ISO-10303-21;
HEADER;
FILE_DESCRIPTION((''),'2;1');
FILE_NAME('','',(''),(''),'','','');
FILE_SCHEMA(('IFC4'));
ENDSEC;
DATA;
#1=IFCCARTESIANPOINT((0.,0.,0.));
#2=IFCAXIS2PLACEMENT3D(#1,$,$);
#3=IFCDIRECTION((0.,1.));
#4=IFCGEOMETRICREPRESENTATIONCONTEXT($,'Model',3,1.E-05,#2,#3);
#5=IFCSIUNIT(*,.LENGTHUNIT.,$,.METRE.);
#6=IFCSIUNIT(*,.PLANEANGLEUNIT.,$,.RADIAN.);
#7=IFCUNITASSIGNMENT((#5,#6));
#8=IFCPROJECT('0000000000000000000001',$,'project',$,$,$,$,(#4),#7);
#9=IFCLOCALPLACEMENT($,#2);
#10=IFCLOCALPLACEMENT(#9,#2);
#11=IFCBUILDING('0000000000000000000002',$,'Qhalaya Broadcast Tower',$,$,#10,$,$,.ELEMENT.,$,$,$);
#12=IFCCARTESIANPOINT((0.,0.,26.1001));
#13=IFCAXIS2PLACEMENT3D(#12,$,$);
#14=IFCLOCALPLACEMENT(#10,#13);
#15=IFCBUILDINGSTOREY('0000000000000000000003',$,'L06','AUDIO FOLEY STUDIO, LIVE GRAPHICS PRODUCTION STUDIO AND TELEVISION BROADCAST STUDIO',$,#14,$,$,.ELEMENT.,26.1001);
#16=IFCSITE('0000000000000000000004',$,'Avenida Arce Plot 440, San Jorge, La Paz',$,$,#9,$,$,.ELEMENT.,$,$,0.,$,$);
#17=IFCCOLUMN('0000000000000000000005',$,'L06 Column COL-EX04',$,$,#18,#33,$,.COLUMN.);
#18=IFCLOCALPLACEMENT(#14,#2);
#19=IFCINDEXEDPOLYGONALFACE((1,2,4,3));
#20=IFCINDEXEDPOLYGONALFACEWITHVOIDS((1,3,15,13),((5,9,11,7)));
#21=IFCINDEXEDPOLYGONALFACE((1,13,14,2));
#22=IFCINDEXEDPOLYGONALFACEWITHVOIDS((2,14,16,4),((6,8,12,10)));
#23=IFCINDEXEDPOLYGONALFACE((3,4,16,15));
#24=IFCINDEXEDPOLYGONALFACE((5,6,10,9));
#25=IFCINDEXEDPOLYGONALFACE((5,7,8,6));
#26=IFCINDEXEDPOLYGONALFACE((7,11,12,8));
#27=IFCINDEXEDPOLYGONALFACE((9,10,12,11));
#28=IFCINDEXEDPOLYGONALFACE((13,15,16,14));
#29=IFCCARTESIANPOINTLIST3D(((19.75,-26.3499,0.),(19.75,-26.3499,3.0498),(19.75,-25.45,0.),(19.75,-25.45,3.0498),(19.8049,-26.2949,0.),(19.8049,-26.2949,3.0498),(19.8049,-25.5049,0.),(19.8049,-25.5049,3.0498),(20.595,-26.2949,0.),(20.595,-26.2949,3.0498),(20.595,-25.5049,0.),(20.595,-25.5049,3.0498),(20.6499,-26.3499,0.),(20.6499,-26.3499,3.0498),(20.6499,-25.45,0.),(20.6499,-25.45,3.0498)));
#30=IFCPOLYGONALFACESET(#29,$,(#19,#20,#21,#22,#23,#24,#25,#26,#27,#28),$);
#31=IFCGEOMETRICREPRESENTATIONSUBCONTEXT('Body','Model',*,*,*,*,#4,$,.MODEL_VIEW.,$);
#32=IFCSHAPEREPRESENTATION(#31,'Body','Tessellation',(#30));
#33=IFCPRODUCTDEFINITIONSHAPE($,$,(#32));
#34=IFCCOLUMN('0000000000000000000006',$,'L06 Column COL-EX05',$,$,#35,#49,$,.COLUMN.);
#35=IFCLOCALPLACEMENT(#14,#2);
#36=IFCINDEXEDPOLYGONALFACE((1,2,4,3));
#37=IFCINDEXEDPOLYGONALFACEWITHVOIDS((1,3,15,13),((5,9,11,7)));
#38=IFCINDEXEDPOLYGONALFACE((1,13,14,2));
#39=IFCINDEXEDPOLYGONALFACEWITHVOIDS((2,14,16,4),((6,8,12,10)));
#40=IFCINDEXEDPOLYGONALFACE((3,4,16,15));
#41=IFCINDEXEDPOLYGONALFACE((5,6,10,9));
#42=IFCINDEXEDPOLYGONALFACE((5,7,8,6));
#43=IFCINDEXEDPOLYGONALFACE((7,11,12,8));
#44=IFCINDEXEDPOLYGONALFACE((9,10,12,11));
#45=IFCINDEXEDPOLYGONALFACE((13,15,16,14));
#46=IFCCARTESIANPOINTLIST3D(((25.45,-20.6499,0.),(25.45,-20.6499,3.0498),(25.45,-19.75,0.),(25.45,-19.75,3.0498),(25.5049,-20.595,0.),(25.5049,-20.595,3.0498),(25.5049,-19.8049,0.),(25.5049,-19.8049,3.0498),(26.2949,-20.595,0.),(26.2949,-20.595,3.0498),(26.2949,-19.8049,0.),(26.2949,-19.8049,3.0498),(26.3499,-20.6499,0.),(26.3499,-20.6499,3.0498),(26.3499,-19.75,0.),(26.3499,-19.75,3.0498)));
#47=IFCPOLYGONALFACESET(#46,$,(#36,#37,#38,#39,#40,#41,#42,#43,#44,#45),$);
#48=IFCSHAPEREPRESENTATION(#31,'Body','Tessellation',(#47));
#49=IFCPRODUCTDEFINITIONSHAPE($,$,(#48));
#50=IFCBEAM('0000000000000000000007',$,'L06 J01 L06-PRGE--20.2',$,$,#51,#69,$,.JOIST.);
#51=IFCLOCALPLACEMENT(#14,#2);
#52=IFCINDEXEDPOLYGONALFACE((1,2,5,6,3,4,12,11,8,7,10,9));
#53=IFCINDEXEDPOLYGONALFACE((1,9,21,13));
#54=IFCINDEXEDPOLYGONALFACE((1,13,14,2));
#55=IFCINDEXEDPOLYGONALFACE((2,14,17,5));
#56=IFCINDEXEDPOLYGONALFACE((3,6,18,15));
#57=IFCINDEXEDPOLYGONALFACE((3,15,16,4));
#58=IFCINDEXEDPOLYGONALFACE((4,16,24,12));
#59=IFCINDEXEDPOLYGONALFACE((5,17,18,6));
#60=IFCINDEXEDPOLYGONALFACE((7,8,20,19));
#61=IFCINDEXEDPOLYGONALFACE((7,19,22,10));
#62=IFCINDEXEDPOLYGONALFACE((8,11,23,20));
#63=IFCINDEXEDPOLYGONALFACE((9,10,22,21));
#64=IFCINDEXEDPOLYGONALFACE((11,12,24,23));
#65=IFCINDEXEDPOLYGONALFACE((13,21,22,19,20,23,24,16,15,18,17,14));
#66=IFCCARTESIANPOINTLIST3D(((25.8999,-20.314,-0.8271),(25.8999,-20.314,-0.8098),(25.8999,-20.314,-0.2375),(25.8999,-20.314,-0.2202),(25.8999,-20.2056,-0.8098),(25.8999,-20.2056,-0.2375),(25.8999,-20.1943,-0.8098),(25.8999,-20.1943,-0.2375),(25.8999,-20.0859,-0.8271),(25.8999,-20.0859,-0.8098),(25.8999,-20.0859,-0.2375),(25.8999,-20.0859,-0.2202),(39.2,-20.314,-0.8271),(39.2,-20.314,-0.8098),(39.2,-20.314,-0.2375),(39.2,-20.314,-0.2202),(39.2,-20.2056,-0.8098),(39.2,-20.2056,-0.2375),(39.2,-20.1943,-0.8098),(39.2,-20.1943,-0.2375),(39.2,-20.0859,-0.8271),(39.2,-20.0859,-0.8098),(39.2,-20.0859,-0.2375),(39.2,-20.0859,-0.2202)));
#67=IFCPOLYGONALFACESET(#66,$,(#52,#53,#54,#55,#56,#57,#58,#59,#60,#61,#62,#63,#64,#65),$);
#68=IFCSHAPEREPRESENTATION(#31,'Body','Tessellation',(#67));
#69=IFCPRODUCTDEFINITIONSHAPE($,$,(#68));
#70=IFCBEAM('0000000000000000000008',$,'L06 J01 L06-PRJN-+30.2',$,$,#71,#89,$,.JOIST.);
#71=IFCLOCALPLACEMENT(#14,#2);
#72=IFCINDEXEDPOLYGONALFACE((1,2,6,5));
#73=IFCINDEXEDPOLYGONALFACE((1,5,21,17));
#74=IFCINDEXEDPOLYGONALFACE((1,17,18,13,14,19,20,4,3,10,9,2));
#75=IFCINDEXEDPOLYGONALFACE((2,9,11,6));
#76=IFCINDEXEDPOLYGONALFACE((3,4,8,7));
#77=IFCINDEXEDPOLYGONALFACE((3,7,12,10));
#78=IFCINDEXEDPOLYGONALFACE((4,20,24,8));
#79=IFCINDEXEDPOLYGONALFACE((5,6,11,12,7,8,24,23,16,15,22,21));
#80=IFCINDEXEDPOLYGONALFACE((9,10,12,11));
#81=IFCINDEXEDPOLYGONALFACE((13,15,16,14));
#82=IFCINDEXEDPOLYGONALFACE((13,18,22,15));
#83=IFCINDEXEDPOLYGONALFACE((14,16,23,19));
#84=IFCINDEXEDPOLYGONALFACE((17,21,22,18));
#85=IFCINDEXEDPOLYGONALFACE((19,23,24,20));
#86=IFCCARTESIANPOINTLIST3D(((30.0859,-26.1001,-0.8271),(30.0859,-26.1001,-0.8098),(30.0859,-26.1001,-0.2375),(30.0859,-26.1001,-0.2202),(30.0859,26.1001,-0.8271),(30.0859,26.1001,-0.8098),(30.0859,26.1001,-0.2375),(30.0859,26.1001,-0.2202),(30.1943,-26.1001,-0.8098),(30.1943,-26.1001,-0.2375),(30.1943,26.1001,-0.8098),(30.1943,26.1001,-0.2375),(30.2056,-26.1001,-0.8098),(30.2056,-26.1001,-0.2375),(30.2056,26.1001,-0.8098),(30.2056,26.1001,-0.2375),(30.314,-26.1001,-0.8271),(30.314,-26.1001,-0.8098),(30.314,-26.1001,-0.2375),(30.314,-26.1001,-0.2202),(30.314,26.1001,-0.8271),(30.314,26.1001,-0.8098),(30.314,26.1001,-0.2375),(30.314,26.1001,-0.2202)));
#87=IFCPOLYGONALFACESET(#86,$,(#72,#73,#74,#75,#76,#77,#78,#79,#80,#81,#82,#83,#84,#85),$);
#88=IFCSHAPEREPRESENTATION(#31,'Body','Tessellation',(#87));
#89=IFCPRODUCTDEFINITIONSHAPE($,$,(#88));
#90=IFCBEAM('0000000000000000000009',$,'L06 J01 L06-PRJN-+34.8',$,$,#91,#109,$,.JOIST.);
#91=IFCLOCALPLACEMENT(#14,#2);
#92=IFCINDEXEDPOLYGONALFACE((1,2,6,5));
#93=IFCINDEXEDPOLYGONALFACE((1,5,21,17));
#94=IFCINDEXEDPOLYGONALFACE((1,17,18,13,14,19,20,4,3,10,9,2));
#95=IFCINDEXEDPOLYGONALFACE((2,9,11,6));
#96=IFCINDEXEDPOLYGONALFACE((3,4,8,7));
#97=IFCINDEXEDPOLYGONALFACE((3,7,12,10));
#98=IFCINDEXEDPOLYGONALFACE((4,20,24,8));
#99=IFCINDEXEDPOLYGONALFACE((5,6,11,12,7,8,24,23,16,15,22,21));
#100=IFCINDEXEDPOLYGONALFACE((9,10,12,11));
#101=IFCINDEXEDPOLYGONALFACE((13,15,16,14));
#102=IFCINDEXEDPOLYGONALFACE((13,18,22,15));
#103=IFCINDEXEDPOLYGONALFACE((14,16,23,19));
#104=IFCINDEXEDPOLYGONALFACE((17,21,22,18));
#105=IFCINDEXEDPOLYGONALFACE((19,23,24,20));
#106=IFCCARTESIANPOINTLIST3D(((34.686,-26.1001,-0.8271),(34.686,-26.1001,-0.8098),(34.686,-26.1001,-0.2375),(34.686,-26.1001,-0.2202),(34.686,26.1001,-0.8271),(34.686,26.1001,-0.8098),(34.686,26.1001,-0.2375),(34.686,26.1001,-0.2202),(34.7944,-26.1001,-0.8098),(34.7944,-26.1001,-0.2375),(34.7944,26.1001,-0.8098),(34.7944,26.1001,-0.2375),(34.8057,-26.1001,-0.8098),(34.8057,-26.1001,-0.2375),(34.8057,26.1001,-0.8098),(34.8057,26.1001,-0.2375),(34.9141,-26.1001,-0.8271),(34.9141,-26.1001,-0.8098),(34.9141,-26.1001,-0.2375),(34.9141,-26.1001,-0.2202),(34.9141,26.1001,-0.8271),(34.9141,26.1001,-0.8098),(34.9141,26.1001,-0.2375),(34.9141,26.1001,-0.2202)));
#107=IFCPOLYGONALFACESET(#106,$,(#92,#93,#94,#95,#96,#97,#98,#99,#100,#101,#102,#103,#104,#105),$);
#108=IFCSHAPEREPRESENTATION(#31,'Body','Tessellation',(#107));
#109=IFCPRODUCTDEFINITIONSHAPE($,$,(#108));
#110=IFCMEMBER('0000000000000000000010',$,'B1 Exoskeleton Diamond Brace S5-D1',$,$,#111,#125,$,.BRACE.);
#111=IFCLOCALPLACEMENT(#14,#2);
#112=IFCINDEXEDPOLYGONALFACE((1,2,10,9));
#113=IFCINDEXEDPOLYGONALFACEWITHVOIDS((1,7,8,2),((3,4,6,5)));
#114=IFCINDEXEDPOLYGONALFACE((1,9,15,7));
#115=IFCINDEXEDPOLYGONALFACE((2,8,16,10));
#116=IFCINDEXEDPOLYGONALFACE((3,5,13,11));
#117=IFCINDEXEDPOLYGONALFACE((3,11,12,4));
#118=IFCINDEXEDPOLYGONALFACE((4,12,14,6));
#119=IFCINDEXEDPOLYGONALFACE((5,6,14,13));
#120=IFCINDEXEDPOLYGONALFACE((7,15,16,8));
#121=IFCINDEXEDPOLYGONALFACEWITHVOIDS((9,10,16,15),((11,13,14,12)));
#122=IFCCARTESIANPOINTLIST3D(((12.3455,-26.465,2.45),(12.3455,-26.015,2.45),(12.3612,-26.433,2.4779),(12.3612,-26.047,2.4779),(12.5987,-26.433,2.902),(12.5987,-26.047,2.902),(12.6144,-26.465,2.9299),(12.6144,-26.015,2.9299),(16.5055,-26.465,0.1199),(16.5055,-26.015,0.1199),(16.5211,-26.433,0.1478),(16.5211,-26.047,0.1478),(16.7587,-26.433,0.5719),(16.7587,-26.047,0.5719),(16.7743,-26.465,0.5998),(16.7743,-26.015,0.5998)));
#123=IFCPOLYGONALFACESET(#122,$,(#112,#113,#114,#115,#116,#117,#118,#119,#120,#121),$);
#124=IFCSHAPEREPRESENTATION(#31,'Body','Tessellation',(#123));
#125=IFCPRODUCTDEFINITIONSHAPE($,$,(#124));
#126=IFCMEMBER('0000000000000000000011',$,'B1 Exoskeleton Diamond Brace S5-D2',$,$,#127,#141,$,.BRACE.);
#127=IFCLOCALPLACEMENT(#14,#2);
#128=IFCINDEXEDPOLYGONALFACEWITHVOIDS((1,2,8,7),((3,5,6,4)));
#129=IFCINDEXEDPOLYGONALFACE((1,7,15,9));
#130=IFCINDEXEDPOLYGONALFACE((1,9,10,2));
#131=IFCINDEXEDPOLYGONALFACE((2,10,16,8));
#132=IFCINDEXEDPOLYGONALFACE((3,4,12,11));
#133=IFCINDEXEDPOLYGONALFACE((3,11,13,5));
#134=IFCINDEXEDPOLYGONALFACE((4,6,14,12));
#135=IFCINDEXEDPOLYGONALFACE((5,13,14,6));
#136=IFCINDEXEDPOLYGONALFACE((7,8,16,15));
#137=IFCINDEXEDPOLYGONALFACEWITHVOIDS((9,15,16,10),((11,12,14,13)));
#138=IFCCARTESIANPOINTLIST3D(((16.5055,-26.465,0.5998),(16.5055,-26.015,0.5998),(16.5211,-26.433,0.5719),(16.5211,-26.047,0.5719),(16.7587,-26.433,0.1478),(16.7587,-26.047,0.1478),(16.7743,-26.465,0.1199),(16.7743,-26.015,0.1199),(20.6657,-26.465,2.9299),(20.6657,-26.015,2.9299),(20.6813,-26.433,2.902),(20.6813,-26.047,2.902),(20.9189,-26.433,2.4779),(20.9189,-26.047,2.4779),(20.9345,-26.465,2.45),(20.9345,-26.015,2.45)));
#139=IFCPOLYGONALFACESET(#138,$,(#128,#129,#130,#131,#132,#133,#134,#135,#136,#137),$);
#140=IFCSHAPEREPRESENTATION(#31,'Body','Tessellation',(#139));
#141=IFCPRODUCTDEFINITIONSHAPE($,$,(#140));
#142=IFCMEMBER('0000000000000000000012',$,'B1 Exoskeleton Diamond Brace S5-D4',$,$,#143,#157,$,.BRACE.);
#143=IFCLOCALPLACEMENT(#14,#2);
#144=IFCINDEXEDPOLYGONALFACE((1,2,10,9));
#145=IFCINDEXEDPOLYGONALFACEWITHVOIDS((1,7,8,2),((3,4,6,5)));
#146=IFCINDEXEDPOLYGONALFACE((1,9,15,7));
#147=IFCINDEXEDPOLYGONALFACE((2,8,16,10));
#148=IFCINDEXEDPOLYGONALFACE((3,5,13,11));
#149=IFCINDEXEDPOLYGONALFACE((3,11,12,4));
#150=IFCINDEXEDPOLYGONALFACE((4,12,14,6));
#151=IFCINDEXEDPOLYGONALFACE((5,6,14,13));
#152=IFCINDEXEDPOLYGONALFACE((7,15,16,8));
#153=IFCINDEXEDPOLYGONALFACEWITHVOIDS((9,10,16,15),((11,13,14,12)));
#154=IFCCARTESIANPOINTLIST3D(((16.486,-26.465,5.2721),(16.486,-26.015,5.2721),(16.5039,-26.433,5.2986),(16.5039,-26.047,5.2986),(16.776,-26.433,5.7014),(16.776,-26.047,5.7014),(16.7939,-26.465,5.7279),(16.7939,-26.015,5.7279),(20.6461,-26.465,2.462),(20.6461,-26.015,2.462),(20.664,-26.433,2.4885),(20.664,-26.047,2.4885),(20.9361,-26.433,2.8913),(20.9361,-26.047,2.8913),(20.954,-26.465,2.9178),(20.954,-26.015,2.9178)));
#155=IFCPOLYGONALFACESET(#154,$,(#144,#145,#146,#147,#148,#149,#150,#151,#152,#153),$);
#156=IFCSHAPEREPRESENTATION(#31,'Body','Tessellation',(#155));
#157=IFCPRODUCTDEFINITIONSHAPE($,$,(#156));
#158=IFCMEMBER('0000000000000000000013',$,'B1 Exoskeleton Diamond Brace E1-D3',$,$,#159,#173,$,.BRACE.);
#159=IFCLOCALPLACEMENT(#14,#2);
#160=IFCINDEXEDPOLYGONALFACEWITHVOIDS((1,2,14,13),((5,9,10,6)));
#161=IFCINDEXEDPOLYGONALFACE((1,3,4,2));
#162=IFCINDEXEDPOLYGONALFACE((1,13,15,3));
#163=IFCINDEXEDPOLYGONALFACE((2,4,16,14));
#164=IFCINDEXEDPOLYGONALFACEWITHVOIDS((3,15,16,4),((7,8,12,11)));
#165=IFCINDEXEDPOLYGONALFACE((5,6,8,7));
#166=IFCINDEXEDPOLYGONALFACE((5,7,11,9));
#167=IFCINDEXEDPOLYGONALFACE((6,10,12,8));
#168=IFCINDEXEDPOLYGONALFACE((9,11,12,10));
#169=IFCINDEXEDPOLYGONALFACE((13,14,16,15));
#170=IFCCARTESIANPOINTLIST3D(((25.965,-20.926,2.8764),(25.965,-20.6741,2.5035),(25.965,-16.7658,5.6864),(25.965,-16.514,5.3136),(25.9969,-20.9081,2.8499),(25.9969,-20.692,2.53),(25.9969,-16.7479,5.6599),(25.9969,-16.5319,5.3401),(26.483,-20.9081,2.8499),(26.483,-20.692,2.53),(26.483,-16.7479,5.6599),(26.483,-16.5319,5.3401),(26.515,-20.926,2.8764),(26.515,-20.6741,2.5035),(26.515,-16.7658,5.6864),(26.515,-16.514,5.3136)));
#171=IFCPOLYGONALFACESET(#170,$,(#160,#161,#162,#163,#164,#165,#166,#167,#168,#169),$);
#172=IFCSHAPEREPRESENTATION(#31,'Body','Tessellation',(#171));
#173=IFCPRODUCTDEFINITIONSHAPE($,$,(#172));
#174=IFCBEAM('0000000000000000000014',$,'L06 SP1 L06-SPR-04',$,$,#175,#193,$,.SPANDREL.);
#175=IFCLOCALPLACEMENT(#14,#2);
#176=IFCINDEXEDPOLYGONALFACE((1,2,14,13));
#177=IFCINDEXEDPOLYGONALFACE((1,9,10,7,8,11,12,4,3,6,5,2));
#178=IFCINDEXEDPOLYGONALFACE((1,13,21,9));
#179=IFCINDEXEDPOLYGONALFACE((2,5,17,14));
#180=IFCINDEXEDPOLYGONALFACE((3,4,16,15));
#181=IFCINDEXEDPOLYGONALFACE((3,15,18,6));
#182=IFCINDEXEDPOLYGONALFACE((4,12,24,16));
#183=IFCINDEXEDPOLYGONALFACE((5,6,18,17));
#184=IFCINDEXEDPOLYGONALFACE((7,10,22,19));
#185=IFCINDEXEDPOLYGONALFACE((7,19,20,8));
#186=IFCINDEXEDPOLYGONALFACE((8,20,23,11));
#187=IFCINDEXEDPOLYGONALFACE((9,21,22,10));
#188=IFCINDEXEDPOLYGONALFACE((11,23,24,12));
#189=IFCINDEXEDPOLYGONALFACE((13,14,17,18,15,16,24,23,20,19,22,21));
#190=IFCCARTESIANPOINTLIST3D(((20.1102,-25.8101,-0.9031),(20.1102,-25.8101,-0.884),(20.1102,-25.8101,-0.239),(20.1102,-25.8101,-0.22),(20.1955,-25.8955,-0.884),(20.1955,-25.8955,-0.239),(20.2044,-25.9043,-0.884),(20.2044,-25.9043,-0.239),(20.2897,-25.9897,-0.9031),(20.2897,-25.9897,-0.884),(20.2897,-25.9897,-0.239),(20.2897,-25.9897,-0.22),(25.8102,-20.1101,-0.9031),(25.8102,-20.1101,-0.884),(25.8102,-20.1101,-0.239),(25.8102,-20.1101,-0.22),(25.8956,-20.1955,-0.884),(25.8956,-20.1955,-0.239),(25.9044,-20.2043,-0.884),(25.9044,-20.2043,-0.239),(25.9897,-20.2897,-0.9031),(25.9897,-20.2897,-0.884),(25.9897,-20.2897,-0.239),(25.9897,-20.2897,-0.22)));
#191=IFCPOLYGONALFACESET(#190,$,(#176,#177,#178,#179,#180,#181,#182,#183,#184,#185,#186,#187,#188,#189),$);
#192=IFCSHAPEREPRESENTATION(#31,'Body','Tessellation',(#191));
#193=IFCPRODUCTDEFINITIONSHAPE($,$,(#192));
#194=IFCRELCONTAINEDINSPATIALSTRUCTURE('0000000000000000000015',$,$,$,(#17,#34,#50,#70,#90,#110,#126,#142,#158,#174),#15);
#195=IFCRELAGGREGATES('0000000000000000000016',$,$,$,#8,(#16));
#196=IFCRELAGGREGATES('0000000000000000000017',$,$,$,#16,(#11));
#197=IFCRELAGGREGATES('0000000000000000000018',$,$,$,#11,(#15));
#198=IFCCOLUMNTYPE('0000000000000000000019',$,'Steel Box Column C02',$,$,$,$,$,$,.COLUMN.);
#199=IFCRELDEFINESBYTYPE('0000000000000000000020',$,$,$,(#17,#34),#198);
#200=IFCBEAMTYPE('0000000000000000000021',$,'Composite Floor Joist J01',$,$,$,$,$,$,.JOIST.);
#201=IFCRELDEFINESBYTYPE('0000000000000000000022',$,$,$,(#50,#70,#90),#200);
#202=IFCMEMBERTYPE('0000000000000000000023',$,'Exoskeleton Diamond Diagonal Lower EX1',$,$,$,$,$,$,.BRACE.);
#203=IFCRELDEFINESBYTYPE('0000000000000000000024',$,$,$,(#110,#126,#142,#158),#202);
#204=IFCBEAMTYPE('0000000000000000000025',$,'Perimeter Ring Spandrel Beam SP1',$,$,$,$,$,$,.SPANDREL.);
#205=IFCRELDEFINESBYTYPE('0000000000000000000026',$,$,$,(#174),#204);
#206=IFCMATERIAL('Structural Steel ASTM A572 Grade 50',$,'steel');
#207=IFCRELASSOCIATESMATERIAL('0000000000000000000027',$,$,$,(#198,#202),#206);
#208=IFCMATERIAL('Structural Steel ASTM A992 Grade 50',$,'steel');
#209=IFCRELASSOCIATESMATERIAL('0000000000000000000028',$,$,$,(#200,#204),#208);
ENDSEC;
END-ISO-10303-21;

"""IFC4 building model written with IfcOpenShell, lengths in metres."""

from ifc_helpers import new_model, si_unit, direction, frame, origin, origin_2d, place, context, subcontext, project, spatial, hollow_rectangle, i_section, extrude, material, material_profile, profile_set, type_object, element, save


model = new_model("IFC4")

# Units and contexts
model_context = context("Model", 3, precision=1e-05, world=origin(), true_north=direction((0.0, 1.0)))
body_context = subcontext(model_context, "Body", "Model", "MODEL_VIEW")
ifc_project = project(units=[si_unit("LENGTHUNIT", "METRE"), si_unit("PLANEANGLEUNIT", "RADIAN")], contexts=[model_context])

# Site, building, storey
site_placement = place(None, origin())
site = spatial("IfcSite", under=ifc_project, at=site_placement, Name="Avenida Arce Plot 440, San Jorge, La Paz", CompositionType="ELEMENT", RefElevation=0.0)
building_placement = place(site_placement, origin())
building = spatial("IfcBuilding", under=site, at=building_placement, Name="Qhalaya Broadcast Tower", CompositionType="ELEMENT")
storey_placement = place(building_placement, frame((0.0, 0.0, 26.1001)))
storey = spatial("IfcBuildingStorey", under=building, at=storey_placement, Name="L06", Description="AUDIO FOLEY STUDIO, LIVE GRAPHICS PRODUCTION STUDIO AND TELEVISION BROADCAST STUDIO", CompositionType="ELEMENT", Elevation=26.1001)

# Columns
ifc_material_1 = material(Name="Structural Steel ASTM A572 Grade 50", Category="steel")
ifc_material_profile_1 = material_profile(ifc_material_1, hollow_rectangle(XDim=0.8999, YDim=0.8999, WallThickness=0.0549, at=origin_2d()), Name="BOX 900x900x55")
ifc_profile_set_1 = profile_set([ifc_material_profile_1], Name="Structural Steel ASTM A572 Grade 50")
column_type = type_object("IfcColumnType", Name="Steel Box Column C02", PredefinedType="COLUMN", material=ifc_profile_set_1)
for number, where, z_axis, x_axis, name in (
    (1, (20.2, -25.8999, 0.0), (0.0, 0.0, 1.0), (1.0, 0.0, 0.0), "L06 Column COL-EX04"),
    (2, (25.8999, -20.2, 0.0), (0.0, 0.0, 1.0), (0.0, 1.0, 0.0), "L06 Column COL-EX05"),
):
    element("IfcColumn", number, at=place(storey_placement, frame(where, z_axis=z_axis, x_axis=x_axis)), inside=storey, type_object=column_type, Name=name, PredefinedType="COLUMN", context=body_context, shape_type="SweptSolid", body=[
        extrude(hollow_rectangle(XDim=0.8999, YDim=0.8999, WallThickness=0.0549, at=origin_2d()), origin(), (0.0, 0.0, 1.0), 3.0498),
    ])

# Beams
ifc_material_2 = material(Name="Structural Steel ASTM A992 Grade 50", Category="steel")
ifc_material_profile_2 = material_profile(ifc_material_2, i_section(OverallWidth=0.228, OverallDepth=0.6069, WebThickness=0.0112, FlangeThickness=0.0173, at=origin_2d()), Name="W24X76")
ifc_profile_set_2 = profile_set([ifc_material_profile_2], Name="Structural Steel ASTM A992 Grade 50")
beam_type_1 = type_object("IfcBeamType", Name="Composite Floor Joist J01", PredefinedType="JOIST", material=ifc_profile_set_2)
beam_1_placement = place(storey_placement, frame((25.8999, -20.2, -0.5237), z_axis=(1.0, 0.0, 0.0), x_axis=(0.0, 1.0, 0.0)))
element("IfcBeam", 3, at=beam_1_placement, inside=storey, type_object=beam_type_1, Name="L06 J01 L06-PRGE--20.2", PredefinedType="JOIST", context=body_context, shape_type="SweptSolid", body=[
    extrude(i_section(OverallWidth=0.228, OverallDepth=0.6069, WebThickness=0.0112, FlangeThickness=0.0173, at=origin_2d()), origin(), (0.0, 0.0, 1.0), 13.3),
])
for number, where, z_axis, x_axis, name in (
    (4, (30.2, -26.1001, -0.5237), (0.0, 1.0, 0.0), (-1.0, 0.0, 0.0), "L06 J01 L06-PRJN-+30.2"),
    (5, (34.8, -26.1001, -0.5237), (0.0, 1.0, 0.0), (-1.0, 0.0, 0.0), "L06 J01 L06-PRJN-+34.8"),
):
    element("IfcBeam", number, at=place(storey_placement, frame(where, z_axis=z_axis, x_axis=x_axis)), inside=storey, type_object=beam_type_1, Name=name, PredefinedType="JOIST", context=body_context, shape_type="SweptSolid", body=[
        extrude(i_section(OverallWidth=0.228, OverallDepth=0.6069, WebThickness=0.0112, FlangeThickness=0.0173, at=origin_2d()), origin(), (0.0, 0.0, 1.0), 52.2002),
    ])

# Members
ifc_material_profile_3 = material_profile(ifc_material_1, hollow_rectangle(XDim=0.45, YDim=0.55, WallThickness=0.032, at=origin_2d()), Name="BOX 450x550x32")
ifc_profile_set_3 = profile_set([ifc_material_profile_3], Name="Structural Steel ASTM A572 Grade 50")
member_type = type_object("IfcMemberType", Name="Exoskeleton Diamond Diagonal Lower EX1", PredefinedType="BRACE", material=ifc_profile_set_3)
member_1_placement = place(storey_placement, frame((16.6399, -26.24, 0.3599), z_axis=(-0.872459, 0.0, 0.488688), x_axis=(0.0, -1.0, 0.0)))
element("IfcMember", 6, at=member_1_placement, inside=storey, type_object=member_type, Name="B1 Exoskeleton Diamond Brace S5-D1", PredefinedType="BRACE", context=body_context, shape_type="SweptSolid", body=[
    extrude(hollow_rectangle(XDim=0.45, YDim=0.55, WallThickness=0.032, at=origin_2d()), origin(), (0.0, 0.0, 1.0), 4.7681),
])
member_2_placement = place(storey_placement, frame((16.6399, -26.24, 0.3599), z_axis=(0.872471, 0.0, 0.488666), x_axis=(0.0, 1.0, 0.0)))
element("IfcMember", 7, at=member_2_placement, inside=storey, type_object=member_type, Name="B1 Exoskeleton Diamond Brace S5-D2", PredefinedType="BRACE", context=body_context, shape_type="SweptSolid", body=[
    extrude(hollow_rectangle(XDim=0.45, YDim=0.55, WallThickness=0.032, at=origin_2d()), origin(), (0.0, 0.0, 1.0), 4.7683),
])
for number, where, z_axis, x_axis, name in (
    (8, (20.8, -26.24, 2.6899), (-0.828668, 0.0, 0.55974), (0.0, -1.0, 0.0), "B1 Exoskeleton Diamond Brace S5-D4"),
    (9, (26.24, -20.8, 2.6899), (0.0, 0.828668, 0.55974), (0.0, -0.55974, 0.828668), "B1 Exoskeleton Diamond Brace E1-D3"),
):
    element("IfcMember", number, at=place(storey_placement, frame(where, z_axis=z_axis, x_axis=x_axis)), inside=storey, type_object=member_type, Name=name, PredefinedType="BRACE", context=body_context, shape_type="SweptSolid", body=[
        extrude(hollow_rectangle(XDim=0.45, YDim=0.55, WallThickness=0.032, at=origin_2d()), origin(), (0.0, 0.0, 1.0), 5.0203),
    ])

# Beam
ifc_material_profile_4 = material_profile(ifc_material_2, i_section(OverallWidth=0.2539, OverallDepth=0.6831, WebThickness=0.0125, FlangeThickness=0.019, at=origin_2d()), Name="W27X94")
ifc_profile_set_4 = profile_set([ifc_material_profile_4], Name="Structural Steel ASTM A992 Grade 50")
beam_type_2 = type_object("IfcBeamType", Name="Perimeter Ring Spandrel Beam SP1", PredefinedType="SPANDREL", material=ifc_profile_set_4)
beam_2_placement = place(storey_placement, frame((20.2, -25.8999, -0.5615), z_axis=(0.707107, 0.707107, 0.0), x_axis=(-0.707107, 0.707107, 0.0)))
element("IfcBeam", 10, at=beam_2_placement, inside=storey, type_object=beam_type_2, Name="L06 SP1 L06-SPR-04", PredefinedType="SPANDREL", context=body_context, shape_type="SweptSolid", body=[
    extrude(i_section(OverallWidth=0.2539, OverallDepth=0.6831, WebThickness=0.0125, FlangeThickness=0.019, at=origin_2d()), origin(), (0.0, 0.0, 1.0), 8.061),
])

save(model, "model.ifc")
